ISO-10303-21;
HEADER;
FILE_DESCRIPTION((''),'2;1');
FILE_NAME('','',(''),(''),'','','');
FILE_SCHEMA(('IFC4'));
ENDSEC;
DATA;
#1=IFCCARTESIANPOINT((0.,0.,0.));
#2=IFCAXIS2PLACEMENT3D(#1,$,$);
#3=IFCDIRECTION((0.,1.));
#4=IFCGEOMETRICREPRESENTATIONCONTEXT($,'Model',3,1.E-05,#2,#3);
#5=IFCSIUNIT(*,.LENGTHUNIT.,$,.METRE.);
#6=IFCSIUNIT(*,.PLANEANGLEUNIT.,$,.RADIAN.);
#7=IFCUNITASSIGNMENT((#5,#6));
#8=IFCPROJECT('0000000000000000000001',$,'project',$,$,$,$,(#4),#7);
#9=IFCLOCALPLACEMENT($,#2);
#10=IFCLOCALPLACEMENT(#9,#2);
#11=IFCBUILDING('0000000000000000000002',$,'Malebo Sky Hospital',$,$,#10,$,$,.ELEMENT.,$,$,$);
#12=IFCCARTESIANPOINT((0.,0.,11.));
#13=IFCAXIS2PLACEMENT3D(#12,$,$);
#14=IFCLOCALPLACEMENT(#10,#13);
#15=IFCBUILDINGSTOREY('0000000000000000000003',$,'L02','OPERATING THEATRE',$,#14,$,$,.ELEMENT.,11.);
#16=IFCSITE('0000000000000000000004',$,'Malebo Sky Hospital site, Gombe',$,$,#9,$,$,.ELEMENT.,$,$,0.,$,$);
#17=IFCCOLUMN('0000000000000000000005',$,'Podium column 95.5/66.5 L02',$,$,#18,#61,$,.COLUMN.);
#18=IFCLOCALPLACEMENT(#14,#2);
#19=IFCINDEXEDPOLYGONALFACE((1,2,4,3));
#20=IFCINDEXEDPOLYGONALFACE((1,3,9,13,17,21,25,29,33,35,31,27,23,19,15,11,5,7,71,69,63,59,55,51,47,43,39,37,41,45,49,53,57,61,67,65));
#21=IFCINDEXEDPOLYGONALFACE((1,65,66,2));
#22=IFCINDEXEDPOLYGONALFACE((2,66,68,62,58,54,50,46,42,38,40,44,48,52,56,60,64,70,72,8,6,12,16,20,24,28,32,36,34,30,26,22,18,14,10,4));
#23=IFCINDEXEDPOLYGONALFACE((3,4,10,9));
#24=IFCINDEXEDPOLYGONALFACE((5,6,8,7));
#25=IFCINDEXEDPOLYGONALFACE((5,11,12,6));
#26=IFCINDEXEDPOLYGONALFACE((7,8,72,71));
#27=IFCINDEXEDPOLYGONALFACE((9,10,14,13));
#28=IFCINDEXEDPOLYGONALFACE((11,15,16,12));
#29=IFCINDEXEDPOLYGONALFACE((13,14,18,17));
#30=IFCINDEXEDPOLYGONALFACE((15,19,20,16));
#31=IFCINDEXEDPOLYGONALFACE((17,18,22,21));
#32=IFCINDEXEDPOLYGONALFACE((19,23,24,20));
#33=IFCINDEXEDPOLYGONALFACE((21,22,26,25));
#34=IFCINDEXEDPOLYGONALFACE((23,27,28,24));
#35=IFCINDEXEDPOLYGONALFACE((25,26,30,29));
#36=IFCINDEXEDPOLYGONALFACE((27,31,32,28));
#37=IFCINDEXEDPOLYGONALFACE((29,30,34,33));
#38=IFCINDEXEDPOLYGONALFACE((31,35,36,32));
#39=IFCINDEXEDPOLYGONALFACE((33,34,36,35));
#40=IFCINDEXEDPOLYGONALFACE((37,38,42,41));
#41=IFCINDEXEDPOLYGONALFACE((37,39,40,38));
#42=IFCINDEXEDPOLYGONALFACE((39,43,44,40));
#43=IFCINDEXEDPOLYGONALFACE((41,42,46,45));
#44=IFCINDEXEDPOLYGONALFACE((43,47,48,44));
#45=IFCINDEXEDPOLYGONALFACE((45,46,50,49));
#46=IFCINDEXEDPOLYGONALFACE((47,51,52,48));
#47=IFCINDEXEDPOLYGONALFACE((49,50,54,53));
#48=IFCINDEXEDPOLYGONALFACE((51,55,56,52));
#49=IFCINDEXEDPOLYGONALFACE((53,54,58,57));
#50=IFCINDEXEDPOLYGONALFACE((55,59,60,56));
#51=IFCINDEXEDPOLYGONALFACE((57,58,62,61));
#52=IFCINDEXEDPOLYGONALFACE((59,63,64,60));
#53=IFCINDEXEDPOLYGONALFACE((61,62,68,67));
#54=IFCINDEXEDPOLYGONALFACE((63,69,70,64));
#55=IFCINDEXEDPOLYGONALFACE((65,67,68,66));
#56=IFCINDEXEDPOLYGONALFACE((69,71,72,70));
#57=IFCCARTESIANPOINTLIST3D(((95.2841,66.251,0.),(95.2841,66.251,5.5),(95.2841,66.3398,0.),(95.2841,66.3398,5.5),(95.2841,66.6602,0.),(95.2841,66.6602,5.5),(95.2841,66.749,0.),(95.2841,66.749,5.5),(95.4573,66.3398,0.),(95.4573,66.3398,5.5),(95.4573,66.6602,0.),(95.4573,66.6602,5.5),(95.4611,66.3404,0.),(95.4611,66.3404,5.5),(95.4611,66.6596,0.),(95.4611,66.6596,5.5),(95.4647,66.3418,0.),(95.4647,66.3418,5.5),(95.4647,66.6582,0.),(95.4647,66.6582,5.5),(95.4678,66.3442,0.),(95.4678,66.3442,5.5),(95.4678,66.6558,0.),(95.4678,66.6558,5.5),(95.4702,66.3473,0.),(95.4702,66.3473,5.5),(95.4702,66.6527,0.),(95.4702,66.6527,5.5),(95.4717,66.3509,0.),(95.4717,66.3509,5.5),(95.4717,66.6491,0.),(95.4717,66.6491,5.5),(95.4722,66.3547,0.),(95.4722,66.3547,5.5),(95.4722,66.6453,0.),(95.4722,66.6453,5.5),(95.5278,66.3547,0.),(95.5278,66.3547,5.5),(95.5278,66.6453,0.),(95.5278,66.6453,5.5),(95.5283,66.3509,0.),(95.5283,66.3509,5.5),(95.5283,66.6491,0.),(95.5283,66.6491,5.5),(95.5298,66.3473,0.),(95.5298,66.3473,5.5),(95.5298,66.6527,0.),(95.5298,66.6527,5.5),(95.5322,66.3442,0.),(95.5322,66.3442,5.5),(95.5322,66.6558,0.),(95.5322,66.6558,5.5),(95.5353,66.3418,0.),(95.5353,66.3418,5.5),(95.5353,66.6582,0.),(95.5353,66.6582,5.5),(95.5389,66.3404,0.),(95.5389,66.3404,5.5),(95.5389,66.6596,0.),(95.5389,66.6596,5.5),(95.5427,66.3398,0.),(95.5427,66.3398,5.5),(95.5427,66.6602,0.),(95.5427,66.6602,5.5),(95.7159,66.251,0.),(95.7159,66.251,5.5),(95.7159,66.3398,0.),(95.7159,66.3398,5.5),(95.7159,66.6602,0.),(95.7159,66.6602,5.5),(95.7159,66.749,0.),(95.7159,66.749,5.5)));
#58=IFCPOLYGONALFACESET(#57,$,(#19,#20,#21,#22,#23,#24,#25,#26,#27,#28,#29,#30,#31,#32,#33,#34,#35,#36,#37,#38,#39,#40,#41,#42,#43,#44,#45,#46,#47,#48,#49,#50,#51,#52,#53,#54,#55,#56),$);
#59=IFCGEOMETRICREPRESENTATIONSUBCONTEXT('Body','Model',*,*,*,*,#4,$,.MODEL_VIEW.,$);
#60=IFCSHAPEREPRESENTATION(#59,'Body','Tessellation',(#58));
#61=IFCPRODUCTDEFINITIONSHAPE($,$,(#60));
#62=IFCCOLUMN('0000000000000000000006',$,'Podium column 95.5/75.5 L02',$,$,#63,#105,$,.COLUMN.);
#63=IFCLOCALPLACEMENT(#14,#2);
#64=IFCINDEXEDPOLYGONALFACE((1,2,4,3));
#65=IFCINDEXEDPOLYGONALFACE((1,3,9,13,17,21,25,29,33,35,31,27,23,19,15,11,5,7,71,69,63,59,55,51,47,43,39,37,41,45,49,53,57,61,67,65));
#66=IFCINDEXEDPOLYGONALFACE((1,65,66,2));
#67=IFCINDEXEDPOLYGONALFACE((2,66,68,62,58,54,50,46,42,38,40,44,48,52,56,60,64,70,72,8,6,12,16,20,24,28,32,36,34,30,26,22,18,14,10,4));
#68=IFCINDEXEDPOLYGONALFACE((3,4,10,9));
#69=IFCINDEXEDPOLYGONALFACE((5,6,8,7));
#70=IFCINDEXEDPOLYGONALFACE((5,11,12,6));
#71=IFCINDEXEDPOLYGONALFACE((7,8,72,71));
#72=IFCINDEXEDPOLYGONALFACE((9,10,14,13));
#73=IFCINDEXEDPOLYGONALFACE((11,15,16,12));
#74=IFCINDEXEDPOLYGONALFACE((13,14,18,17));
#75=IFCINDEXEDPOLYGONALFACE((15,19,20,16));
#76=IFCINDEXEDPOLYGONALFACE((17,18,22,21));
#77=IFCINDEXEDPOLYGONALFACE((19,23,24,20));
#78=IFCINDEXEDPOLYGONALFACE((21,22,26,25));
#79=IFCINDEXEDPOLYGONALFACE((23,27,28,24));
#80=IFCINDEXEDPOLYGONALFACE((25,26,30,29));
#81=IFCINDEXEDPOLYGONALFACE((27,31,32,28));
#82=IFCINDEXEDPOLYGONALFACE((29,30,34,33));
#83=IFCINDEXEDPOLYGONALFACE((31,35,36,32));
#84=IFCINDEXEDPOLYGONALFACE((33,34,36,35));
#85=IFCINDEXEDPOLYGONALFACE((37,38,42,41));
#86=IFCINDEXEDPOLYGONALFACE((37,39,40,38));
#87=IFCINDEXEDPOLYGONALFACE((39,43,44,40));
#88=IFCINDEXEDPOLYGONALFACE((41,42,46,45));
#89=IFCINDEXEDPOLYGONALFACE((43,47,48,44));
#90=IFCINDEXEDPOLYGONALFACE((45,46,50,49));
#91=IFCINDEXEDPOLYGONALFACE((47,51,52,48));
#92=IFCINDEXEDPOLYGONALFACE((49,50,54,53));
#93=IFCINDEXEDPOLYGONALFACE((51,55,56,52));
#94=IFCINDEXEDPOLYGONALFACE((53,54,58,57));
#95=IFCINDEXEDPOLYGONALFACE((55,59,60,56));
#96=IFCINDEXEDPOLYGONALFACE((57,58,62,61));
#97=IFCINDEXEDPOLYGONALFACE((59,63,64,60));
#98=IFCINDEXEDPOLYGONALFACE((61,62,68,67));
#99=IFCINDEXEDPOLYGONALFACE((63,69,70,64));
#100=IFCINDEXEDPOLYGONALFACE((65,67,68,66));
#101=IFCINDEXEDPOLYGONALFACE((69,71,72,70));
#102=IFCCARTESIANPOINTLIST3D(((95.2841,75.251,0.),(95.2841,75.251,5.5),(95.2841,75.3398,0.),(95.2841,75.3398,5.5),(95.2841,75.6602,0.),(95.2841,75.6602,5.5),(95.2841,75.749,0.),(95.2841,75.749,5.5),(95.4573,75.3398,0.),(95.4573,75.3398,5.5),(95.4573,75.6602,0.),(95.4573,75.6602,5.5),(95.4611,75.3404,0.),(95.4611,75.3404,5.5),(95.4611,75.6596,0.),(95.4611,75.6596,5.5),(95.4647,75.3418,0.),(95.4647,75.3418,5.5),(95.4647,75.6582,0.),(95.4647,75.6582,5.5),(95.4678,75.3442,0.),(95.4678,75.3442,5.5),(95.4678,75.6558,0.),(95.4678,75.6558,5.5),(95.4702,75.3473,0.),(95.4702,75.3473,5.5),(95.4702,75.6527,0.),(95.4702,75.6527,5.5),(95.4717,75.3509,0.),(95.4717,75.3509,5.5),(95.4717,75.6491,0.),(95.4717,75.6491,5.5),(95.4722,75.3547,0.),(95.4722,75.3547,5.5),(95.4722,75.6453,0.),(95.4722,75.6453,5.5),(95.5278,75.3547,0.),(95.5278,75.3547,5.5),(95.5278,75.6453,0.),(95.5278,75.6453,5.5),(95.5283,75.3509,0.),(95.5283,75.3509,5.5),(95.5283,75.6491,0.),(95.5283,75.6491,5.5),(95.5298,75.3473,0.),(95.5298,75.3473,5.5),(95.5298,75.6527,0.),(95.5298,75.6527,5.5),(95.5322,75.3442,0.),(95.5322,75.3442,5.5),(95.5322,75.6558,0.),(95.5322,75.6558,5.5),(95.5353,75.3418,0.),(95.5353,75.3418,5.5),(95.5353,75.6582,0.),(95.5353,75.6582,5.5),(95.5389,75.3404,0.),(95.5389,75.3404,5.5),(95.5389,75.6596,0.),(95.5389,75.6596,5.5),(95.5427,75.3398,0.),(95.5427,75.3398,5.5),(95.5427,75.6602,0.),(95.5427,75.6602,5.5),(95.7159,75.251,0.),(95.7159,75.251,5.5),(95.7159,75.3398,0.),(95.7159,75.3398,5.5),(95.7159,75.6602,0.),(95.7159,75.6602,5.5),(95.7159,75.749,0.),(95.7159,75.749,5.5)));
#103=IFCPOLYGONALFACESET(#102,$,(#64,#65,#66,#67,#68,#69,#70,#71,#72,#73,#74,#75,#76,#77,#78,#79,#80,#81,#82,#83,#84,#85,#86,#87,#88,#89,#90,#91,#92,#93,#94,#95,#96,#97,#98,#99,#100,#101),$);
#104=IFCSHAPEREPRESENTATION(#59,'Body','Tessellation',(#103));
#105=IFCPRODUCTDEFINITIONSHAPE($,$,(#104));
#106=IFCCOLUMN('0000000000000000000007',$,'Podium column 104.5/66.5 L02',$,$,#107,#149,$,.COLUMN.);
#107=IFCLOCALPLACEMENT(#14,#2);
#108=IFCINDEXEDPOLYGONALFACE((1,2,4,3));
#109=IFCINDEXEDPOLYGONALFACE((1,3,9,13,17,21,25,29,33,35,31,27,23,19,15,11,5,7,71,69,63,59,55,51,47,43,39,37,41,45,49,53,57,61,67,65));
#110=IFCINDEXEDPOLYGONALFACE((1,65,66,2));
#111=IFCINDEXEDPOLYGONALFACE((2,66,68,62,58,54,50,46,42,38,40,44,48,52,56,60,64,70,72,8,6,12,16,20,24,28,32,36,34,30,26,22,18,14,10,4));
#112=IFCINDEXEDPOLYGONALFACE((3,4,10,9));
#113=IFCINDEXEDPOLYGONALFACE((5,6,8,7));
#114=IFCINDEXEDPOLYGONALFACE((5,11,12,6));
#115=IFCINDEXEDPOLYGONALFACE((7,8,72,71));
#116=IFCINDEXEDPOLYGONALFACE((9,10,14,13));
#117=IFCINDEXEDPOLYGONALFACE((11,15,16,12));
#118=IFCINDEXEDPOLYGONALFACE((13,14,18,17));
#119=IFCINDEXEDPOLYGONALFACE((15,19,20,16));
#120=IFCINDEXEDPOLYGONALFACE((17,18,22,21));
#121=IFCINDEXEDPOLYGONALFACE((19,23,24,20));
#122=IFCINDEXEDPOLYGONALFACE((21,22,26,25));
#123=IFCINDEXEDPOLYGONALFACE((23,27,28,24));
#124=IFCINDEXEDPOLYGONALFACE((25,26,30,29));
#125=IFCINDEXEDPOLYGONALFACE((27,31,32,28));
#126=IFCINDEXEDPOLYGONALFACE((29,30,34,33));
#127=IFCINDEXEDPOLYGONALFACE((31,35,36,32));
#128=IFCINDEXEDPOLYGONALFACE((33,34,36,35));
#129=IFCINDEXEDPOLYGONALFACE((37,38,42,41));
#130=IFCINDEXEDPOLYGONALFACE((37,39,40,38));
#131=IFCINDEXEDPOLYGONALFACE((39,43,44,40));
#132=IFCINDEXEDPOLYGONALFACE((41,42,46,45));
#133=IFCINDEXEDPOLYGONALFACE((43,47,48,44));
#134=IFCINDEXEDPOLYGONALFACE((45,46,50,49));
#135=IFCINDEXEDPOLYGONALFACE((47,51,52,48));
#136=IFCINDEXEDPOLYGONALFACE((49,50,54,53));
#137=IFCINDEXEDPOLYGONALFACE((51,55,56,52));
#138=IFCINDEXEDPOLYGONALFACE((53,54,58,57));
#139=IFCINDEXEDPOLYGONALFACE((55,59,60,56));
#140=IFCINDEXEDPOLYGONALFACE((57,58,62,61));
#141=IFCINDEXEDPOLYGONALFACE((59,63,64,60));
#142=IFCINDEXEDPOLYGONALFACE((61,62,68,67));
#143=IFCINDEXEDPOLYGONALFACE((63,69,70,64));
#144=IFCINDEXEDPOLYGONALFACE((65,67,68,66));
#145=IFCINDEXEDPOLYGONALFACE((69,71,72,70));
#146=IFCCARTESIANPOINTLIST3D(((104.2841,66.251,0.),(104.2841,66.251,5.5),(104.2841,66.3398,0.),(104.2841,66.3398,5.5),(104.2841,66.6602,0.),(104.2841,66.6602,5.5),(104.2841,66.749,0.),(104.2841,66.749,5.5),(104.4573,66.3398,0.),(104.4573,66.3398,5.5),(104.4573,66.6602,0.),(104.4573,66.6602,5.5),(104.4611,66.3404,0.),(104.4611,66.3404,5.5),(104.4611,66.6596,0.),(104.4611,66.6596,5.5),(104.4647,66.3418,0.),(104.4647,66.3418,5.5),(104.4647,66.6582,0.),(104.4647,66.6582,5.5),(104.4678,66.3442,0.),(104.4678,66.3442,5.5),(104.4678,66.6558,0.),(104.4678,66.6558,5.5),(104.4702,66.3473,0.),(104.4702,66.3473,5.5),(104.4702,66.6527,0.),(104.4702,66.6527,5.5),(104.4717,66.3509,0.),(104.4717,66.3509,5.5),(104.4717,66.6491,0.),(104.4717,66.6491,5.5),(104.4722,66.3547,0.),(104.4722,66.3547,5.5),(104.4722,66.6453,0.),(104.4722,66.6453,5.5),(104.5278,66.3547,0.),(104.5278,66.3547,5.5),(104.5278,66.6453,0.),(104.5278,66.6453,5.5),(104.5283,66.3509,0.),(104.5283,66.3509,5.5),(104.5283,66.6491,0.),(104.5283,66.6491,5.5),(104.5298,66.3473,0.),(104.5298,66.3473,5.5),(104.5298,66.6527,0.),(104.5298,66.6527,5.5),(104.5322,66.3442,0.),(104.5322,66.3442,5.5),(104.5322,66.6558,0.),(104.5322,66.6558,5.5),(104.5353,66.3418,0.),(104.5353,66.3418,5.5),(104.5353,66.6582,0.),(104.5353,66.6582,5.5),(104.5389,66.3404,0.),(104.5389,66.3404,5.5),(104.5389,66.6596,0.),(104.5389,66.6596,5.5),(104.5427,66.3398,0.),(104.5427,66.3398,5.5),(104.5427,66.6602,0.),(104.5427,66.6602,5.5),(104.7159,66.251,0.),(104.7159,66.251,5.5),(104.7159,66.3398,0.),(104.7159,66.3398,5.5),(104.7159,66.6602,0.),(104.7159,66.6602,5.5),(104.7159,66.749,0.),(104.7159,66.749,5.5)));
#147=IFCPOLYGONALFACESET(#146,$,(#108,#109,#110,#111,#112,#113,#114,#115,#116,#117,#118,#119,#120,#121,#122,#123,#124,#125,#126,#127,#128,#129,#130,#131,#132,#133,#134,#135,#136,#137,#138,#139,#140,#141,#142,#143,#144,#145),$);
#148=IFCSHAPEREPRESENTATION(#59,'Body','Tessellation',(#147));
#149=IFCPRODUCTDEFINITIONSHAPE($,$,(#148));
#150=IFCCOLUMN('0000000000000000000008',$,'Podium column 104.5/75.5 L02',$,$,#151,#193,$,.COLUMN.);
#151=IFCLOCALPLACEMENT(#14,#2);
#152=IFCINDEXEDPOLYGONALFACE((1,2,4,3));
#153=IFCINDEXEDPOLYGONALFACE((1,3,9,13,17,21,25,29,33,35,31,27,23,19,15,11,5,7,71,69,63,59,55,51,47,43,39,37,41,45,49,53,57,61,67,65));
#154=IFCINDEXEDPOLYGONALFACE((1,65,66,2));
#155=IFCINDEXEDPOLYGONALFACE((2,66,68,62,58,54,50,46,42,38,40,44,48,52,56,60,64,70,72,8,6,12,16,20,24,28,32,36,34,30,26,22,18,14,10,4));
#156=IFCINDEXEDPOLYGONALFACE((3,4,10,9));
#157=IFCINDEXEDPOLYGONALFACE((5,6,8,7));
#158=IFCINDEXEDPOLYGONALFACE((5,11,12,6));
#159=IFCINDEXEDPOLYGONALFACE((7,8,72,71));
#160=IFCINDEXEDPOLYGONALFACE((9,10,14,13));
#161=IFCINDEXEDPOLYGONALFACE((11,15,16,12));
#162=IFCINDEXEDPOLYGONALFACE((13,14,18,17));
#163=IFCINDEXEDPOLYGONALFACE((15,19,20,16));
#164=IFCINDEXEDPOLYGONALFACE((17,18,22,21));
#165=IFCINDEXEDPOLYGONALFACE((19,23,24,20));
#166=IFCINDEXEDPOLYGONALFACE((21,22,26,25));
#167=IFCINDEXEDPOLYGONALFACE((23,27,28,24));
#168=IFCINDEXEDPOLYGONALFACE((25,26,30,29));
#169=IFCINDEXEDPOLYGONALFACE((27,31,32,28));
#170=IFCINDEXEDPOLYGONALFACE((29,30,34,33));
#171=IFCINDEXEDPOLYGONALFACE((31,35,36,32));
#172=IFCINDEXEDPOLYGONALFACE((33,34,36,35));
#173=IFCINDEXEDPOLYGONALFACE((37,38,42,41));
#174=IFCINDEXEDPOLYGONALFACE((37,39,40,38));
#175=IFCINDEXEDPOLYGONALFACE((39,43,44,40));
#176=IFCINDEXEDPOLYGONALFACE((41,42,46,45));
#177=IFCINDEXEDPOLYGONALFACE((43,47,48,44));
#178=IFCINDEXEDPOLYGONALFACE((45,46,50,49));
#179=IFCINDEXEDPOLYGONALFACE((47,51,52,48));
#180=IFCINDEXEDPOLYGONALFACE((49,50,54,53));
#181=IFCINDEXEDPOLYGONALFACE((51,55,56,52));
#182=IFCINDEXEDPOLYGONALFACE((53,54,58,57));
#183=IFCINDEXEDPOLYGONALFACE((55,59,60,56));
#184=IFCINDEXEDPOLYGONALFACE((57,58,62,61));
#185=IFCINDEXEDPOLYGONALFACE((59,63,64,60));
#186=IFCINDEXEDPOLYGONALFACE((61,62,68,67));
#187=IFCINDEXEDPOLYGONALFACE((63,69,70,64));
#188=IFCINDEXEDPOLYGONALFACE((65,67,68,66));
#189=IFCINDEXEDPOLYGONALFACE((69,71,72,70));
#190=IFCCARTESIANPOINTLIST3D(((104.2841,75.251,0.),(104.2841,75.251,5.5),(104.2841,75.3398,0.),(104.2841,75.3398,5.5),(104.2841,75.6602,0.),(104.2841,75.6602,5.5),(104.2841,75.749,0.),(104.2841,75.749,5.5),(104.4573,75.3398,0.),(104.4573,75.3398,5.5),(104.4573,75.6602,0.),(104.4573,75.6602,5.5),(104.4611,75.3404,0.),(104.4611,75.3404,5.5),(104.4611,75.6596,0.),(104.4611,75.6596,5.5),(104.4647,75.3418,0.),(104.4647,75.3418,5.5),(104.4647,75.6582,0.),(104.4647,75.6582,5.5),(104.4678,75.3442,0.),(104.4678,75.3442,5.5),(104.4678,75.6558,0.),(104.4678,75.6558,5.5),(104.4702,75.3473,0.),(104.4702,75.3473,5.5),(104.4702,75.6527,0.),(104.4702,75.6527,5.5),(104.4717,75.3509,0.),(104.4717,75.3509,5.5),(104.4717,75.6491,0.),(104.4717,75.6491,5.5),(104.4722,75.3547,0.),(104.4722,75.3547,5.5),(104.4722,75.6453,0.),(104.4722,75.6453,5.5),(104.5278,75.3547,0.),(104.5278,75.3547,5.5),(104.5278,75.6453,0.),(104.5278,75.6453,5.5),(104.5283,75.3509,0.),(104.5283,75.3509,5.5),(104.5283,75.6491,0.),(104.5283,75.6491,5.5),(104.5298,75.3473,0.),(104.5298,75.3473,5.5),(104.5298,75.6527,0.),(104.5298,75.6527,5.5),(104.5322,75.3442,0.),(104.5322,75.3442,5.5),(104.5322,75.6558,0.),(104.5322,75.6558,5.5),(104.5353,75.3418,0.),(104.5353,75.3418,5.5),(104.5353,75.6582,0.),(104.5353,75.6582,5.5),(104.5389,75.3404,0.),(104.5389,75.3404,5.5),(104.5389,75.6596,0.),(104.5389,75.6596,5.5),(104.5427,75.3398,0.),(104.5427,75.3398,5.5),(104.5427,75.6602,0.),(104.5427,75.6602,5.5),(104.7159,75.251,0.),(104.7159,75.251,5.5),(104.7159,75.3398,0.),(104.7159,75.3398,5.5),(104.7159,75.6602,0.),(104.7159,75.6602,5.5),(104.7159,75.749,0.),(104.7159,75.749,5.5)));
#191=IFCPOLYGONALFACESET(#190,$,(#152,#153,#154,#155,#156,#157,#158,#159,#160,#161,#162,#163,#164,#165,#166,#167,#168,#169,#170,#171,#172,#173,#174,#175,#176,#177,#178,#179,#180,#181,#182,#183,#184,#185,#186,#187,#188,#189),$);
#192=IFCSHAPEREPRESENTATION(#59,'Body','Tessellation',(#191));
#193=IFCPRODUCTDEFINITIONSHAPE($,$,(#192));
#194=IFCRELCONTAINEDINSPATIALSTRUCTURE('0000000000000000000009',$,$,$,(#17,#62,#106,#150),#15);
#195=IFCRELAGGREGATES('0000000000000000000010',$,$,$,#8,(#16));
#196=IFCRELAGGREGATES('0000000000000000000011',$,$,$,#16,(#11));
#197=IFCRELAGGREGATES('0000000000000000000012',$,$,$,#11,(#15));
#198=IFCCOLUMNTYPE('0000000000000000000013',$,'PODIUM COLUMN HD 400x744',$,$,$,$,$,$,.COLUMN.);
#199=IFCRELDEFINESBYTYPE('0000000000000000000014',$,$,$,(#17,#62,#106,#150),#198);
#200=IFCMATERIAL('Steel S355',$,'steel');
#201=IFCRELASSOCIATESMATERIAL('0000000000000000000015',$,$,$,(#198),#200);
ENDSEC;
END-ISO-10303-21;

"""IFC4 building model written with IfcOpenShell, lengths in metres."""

from ifc_helpers import new_model, si_unit, direction, frame, origin, origin_2d, place, context, subcontext, project, spatial, i_section, extrude, material, material_profile, profile_set, type_object, element, save


model = new_model("IFC4")

# Units and contexts
model_context = context("Model", 3, precision=1e-05, world=origin(), true_north=direction((0.0, 1.0)))
body_context = subcontext(model_context, "Body", "Model", "MODEL_VIEW")
ifc_project = project(units=[si_unit("LENGTHUNIT", "METRE"), si_unit("PLANEANGLEUNIT", "RADIAN")], contexts=[model_context])

# Site, building, storey
site_placement = place(None, origin())
site = spatial("IfcSite", under=ifc_project, at=site_placement, Name="Malebo Sky Hospital site, Gombe", CompositionType="ELEMENT", RefElevation=0.0)
building_placement = place(site_placement, origin())
building = spatial("IfcBuilding", under=site, at=building_placement, Name="Malebo Sky Hospital", CompositionType="ELEMENT")
storey_placement = place(building_placement, frame((0.0, 0.0, 11.0)))
storey = spatial("IfcBuildingStorey", under=building, at=storey_placement, Name="L02", Description="OPERATING THEATRE", CompositionType="ELEMENT", Elevation=11.0)

# Columns
ifc_material_1 = material(Name="Steel S355", Category="steel")
ifc_material_profile_1 = material_profile(ifc_material_1, i_section(OverallWidth=0.4319, OverallDepth=0.498, WebThickness=0.0557, FlangeThickness=0.0889, FilletRadius=0.0149, at=origin_2d()), Name="HD 400x744")
ifc_profile_set_1 = profile_set([ifc_material_profile_1], Name="Steel S355")
column_type = type_object("IfcColumnType", Name="PODIUM COLUMN HD 400x744", PredefinedType="COLUMN", material=ifc_profile_set_1)
for number, where, z_axis, x_axis, name in (
    (1, (95.5, 66.5, 0.0), (0.0, 0.0, 1.0), (1.0, 0.0, 0.0), "Podium column 95.5/66.5 L02"),
    (2, (95.5, 75.5, 0.0), (0.0, 0.0, 1.0), (1.0, 0.0, 0.0), "Podium column 95.5/75.5 L02"),
    (3, (104.5, 66.5, 0.0), (0.0, 0.0, 1.0), (1.0, 0.0, 0.0), "Podium column 104.5/66.5 L02"),
    (4, (104.5, 75.5, 0.0), (0.0, 0.0, 1.0), (1.0, 0.0, 0.0), "Podium column 104.5/75.5 L02"),
):
    element("IfcColumn", number, at=place(storey_placement, frame(where, z_axis=z_axis, x_axis=x_axis)), inside=storey, type_object=column_type, Name=name, PredefinedType="COLUMN", context=body_context, shape_type="SweptSolid", body=[
        extrude(i_section(OverallWidth=0.4319, OverallDepth=0.498, WebThickness=0.0557, FlangeThickness=0.0889, FilletRadius=0.0149, at=origin_2d()), origin(), (0.0, 0.0, 1.0), 5.5),
    ])

save(model, "model.ifc")
